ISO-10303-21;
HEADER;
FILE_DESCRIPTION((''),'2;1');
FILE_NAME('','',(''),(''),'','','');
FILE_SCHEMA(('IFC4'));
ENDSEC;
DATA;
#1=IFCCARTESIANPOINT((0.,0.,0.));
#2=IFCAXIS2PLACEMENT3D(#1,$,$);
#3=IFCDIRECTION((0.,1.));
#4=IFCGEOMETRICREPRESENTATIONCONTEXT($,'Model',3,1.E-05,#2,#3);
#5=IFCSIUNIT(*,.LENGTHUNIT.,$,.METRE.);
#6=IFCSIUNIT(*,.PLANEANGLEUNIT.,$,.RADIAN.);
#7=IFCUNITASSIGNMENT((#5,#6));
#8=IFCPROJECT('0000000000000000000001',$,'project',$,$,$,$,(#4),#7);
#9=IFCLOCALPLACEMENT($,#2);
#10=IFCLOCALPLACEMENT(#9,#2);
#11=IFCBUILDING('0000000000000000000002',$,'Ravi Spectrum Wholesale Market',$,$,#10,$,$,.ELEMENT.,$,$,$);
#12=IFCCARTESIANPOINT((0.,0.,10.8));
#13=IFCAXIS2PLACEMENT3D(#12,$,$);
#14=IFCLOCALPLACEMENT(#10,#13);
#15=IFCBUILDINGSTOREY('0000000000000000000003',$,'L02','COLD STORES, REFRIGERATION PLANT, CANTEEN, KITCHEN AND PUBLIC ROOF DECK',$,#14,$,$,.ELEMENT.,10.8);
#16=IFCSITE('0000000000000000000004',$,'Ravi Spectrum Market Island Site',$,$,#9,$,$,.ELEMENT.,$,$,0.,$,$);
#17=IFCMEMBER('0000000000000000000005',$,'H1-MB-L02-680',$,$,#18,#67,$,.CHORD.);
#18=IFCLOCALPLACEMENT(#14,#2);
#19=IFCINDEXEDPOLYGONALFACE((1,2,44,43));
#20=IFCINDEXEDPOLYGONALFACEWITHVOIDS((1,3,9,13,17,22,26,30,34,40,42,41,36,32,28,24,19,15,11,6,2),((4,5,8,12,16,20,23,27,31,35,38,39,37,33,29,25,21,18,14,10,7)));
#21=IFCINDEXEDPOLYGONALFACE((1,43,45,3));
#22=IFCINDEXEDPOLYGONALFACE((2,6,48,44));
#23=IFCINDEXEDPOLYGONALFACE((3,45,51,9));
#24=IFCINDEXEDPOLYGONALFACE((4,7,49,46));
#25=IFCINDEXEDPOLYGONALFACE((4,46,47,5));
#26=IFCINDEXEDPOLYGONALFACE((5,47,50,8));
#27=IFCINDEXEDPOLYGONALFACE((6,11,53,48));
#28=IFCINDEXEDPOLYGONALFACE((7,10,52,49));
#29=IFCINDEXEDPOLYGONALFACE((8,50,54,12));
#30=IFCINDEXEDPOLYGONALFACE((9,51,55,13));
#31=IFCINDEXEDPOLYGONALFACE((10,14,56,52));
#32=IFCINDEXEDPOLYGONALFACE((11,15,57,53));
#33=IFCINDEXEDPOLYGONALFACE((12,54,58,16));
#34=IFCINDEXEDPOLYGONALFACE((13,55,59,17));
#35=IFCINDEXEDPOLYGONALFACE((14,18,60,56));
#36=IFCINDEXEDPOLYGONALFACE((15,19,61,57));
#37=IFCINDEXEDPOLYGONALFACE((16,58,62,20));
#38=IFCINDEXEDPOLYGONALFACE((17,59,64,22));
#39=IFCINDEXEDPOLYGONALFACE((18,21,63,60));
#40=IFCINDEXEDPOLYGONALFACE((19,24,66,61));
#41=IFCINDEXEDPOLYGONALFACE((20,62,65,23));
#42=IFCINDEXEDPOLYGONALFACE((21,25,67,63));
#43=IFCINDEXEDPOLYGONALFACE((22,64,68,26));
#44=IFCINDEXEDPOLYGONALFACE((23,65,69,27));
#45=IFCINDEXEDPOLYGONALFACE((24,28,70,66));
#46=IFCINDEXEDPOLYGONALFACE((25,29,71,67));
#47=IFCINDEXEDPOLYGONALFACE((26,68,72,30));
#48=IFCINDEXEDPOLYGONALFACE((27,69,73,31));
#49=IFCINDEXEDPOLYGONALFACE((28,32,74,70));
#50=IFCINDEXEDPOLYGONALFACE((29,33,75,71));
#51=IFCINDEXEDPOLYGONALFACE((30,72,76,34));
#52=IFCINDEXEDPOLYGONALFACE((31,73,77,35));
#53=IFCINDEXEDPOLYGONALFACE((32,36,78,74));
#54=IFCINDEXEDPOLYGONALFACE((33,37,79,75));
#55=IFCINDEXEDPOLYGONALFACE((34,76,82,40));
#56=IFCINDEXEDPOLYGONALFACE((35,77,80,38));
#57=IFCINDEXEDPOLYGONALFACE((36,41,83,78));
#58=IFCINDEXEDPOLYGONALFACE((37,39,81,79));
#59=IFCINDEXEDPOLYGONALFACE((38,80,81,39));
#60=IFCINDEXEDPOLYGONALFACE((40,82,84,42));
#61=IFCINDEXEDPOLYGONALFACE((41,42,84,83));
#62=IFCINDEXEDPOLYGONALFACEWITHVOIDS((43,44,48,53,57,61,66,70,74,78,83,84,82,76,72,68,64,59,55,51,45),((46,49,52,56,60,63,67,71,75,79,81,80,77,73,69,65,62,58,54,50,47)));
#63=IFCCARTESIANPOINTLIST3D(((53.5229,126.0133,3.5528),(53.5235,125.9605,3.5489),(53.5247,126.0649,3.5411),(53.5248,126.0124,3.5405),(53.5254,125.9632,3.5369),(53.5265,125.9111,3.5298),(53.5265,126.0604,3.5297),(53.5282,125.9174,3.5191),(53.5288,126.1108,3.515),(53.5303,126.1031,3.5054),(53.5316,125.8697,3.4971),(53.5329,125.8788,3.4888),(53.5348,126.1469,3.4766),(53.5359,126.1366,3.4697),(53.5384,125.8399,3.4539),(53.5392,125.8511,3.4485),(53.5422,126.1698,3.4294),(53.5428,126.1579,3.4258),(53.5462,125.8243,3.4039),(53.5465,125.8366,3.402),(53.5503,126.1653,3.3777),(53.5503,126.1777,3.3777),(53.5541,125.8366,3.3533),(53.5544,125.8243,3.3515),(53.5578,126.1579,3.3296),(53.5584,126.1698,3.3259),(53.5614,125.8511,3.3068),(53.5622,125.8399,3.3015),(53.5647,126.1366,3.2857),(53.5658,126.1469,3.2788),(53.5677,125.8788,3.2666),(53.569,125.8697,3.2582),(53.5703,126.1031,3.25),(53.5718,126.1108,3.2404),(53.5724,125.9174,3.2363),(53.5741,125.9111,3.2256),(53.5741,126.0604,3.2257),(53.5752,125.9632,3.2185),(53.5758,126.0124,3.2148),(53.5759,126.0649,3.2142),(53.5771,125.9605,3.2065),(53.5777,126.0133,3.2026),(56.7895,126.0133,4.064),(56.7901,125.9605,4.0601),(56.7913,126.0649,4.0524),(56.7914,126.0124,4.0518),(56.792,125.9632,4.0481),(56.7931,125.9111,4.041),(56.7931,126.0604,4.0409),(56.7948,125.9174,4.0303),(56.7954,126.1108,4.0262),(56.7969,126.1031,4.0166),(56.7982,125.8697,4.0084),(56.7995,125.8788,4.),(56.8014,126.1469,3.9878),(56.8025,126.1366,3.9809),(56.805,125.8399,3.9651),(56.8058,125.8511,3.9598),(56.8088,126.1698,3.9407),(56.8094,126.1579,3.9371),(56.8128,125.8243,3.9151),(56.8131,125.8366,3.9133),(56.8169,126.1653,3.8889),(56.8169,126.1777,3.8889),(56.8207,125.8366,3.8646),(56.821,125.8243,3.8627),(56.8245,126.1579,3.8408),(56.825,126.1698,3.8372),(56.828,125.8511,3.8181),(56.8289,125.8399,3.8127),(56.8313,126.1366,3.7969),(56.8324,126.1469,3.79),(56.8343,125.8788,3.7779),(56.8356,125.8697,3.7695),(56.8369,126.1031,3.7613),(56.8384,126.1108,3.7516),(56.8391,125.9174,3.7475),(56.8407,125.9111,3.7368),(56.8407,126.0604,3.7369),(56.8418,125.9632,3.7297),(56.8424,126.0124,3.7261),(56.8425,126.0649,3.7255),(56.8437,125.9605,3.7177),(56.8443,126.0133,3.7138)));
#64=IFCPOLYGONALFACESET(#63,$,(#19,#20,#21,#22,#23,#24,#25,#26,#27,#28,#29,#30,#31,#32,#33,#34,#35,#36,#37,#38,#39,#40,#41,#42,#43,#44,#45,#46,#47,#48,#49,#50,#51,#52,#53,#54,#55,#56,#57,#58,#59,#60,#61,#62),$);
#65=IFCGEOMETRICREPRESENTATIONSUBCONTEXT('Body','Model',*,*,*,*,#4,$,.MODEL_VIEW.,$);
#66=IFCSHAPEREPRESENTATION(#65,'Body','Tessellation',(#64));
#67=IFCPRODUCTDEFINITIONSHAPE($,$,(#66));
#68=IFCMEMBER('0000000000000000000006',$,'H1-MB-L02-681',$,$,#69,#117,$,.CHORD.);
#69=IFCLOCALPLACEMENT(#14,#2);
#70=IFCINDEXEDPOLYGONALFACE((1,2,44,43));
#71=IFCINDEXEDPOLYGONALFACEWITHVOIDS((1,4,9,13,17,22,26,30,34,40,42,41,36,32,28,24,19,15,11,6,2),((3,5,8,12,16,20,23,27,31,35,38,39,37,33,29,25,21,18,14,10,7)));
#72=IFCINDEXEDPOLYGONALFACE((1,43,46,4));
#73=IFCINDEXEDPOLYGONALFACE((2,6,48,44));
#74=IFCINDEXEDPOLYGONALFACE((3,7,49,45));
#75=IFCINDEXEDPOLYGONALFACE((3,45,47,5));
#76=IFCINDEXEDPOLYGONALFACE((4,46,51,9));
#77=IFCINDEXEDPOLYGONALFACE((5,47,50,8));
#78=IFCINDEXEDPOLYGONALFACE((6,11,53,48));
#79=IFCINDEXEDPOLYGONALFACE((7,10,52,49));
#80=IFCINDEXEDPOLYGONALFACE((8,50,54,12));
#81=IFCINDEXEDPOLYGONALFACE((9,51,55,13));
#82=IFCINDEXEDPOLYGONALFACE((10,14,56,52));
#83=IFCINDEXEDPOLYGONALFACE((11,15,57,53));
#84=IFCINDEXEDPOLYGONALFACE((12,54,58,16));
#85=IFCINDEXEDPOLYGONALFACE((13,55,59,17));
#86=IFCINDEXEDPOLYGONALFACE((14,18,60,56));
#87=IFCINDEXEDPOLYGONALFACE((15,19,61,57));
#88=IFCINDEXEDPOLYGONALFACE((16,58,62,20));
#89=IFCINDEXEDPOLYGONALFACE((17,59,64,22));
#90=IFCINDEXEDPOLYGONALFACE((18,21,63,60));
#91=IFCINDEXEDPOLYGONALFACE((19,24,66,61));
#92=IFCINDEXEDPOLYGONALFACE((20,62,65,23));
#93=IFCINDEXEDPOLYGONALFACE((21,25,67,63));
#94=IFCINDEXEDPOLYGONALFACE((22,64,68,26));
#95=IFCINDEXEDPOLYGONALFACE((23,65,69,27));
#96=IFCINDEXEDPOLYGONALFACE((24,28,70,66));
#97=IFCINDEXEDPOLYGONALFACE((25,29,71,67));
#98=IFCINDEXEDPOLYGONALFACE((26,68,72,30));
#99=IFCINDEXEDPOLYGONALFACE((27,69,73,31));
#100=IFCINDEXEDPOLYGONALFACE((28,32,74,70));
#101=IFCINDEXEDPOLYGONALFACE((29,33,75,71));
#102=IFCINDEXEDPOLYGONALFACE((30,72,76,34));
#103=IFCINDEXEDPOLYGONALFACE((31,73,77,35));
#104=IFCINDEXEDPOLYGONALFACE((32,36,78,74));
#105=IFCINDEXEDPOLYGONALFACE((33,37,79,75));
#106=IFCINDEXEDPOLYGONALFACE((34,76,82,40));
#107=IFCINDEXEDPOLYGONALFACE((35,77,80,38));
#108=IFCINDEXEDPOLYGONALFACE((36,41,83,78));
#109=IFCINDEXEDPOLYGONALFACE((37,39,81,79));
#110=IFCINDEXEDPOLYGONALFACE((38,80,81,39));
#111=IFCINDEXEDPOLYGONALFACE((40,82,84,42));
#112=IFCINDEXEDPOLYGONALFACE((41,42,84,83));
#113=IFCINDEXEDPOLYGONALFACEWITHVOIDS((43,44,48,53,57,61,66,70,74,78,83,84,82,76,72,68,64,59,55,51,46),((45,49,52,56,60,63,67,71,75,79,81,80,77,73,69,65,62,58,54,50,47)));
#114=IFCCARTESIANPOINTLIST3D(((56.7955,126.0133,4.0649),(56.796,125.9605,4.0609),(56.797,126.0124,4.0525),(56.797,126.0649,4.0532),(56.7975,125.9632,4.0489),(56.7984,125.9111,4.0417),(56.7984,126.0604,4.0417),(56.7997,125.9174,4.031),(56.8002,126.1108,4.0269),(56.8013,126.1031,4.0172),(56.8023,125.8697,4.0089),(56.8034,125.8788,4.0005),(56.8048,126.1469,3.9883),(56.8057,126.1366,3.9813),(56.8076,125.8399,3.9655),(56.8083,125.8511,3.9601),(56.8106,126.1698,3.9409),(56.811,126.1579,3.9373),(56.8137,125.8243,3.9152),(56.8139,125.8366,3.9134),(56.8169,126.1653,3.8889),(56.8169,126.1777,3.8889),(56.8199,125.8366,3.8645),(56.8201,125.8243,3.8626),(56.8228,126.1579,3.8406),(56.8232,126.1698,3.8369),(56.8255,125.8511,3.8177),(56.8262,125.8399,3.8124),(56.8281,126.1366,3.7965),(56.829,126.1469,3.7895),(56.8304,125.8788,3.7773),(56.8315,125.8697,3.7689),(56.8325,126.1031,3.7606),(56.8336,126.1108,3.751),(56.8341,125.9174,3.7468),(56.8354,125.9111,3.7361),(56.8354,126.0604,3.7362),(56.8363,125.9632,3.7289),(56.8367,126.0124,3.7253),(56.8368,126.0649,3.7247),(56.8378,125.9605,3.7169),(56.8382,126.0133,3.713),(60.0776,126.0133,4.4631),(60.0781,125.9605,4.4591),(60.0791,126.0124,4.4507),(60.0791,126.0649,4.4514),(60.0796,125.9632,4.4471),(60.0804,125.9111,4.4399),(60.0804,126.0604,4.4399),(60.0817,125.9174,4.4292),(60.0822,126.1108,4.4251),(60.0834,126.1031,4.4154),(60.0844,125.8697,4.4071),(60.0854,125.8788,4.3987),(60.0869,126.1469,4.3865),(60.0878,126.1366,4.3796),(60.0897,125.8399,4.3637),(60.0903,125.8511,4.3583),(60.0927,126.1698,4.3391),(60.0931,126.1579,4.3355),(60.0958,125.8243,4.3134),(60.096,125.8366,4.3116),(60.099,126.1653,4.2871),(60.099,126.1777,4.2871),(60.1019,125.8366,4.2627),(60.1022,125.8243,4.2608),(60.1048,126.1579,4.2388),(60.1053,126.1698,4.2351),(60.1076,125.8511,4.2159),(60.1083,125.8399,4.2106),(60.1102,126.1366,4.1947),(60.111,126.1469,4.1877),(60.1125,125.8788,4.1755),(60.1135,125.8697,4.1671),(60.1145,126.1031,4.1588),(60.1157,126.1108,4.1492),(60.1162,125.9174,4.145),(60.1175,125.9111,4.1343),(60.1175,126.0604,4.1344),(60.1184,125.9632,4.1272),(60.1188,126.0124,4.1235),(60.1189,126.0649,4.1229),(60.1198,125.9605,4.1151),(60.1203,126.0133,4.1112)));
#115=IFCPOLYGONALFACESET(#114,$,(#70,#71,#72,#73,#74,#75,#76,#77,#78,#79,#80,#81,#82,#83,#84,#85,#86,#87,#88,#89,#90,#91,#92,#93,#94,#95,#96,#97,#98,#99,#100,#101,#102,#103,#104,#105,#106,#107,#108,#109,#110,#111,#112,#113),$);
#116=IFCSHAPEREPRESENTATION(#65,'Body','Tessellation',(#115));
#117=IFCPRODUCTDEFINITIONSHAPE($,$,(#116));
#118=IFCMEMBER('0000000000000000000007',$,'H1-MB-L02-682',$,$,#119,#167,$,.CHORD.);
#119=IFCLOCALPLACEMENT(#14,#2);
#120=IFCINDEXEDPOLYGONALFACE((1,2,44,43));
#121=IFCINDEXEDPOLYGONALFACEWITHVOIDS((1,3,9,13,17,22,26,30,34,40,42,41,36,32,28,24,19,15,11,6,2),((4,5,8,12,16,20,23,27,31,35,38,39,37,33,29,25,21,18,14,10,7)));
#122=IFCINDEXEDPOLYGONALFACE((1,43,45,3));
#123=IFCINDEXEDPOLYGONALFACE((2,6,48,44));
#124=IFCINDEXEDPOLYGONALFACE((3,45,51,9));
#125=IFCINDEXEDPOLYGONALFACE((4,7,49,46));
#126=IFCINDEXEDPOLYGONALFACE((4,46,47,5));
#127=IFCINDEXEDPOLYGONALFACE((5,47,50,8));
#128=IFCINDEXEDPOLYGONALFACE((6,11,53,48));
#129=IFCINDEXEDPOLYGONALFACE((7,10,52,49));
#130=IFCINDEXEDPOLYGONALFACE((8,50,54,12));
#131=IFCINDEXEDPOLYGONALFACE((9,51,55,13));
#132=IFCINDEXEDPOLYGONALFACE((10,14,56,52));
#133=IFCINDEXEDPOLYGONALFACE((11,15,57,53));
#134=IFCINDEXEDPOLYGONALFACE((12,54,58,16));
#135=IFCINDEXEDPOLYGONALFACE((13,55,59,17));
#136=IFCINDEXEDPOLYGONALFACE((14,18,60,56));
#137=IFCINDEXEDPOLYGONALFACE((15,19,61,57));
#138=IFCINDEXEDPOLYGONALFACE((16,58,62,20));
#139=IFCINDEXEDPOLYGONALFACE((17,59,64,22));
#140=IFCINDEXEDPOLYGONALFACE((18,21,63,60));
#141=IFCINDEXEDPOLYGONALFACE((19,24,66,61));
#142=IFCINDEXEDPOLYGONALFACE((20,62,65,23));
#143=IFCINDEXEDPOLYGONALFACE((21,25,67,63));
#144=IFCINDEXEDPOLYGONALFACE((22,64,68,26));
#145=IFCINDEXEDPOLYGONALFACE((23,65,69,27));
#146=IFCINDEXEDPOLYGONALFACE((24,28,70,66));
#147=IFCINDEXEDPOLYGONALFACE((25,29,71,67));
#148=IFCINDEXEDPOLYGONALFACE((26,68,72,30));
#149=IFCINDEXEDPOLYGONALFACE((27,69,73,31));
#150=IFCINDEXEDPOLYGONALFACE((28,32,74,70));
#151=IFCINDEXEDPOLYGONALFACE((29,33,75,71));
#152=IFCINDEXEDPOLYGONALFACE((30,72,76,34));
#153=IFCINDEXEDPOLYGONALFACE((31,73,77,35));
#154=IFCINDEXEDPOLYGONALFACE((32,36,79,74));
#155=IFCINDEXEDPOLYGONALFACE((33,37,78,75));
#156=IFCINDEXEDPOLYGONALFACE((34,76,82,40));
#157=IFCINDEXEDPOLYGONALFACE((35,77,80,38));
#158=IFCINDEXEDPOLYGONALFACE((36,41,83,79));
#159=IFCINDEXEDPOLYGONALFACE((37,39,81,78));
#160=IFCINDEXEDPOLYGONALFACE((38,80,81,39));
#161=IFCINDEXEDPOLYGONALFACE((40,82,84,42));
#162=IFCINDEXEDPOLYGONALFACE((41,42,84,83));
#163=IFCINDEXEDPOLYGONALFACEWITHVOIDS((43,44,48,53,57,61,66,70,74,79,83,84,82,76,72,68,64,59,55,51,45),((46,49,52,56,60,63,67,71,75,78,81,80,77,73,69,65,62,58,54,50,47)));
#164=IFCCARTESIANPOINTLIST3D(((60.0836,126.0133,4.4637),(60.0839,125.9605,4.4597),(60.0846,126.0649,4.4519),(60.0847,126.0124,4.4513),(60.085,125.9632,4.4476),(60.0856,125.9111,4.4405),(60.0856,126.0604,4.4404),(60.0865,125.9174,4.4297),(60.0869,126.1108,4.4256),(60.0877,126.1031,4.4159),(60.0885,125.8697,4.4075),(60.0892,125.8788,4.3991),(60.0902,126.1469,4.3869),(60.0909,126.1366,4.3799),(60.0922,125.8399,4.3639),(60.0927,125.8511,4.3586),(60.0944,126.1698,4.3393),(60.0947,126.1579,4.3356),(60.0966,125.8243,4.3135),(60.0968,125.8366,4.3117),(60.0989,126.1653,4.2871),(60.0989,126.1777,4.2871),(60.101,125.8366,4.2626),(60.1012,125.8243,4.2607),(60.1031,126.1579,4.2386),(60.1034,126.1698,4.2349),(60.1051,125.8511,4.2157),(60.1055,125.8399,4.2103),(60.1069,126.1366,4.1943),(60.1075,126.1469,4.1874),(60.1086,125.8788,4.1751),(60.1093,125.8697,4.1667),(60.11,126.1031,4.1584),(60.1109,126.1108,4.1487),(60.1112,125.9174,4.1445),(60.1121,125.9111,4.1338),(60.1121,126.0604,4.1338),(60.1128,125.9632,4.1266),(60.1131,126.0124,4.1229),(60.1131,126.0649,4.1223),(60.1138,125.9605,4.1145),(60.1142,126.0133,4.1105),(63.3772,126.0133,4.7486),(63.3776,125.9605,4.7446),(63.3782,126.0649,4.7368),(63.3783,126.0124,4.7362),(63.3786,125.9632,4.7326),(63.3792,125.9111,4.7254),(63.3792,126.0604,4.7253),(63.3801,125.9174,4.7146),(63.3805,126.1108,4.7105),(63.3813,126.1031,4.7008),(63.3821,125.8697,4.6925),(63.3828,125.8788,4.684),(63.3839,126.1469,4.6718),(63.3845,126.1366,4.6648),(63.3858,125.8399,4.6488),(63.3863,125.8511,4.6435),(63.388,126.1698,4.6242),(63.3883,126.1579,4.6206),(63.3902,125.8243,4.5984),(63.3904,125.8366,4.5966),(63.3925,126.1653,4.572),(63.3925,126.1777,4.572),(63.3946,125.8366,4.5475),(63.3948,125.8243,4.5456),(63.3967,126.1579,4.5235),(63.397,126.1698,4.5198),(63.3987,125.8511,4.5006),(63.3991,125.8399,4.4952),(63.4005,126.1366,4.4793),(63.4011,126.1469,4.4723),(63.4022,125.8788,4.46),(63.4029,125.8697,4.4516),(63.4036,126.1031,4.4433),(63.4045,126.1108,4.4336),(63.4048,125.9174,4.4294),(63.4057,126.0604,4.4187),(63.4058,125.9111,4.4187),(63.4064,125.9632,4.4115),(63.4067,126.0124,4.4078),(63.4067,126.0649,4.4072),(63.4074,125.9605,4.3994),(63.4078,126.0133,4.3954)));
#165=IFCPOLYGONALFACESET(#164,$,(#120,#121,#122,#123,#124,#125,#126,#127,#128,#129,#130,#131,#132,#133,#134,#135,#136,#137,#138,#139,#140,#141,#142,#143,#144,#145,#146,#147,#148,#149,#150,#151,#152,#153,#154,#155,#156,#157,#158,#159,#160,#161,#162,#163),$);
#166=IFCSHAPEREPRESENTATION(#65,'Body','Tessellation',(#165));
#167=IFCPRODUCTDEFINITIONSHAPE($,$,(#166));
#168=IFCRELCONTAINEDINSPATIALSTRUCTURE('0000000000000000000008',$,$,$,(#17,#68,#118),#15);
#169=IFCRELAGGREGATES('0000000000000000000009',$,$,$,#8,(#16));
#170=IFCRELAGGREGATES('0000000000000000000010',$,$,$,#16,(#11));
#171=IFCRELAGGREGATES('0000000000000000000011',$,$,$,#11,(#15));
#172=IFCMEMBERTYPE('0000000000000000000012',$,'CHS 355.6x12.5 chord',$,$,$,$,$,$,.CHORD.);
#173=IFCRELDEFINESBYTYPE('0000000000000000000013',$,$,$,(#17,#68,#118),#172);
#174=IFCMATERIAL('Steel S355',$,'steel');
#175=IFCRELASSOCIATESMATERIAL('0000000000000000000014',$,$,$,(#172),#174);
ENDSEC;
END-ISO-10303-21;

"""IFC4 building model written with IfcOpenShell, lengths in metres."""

from ifc_helpers import new_model, si_unit, direction, frame, origin, origin_2d, place, context, subcontext, project, spatial, hollow_circle, extrude, material, material_profile, profile_set, type_object, element, save


model = new_model("IFC4")

# Units and contexts
model_context = context("Model", 3, precision=1e-05, world=origin(), true_north=direction((0.0, 1.0)))
body_context = subcontext(model_context, "Body", "Model", "MODEL_VIEW")
ifc_project = project(units=[si_unit("LENGTHUNIT", "METRE"), si_unit("PLANEANGLEUNIT", "RADIAN")], contexts=[model_context])

# Site, building, storey
site_placement = place(None, origin())
site = spatial("IfcSite", under=ifc_project, at=site_placement, Name="Ravi Spectrum Market Island Site", CompositionType="ELEMENT", RefElevation=0.0)
building_placement = place(site_placement, origin())
building = spatial("IfcBuilding", under=site, at=building_placement, Name="Ravi Spectrum Wholesale Market", CompositionType="ELEMENT")
storey_placement = place(building_placement, frame((0.0, 0.0, 10.8)))
storey = spatial("IfcBuildingStorey", under=building, at=storey_placement, Name="L02", Description="COLD STORES, REFRIGERATION PLANT, CANTEEN, KITCHEN AND PUBLIC ROOF DECK", CompositionType="ELEMENT", Elevation=10.8)

# Members
ifc_material_1 = material(Name="Steel S355", Category="steel")
ifc_material_profile_1 = material_profile(ifc_material_1, hollow_circle(Radius=0.1777, WallThickness=0.0125, at=origin_2d()))
ifc_profile_set_1 = profile_set([ifc_material_profile_1], Name="Steel S355")
member_type_1 = type_object("IfcMemberType", Name="CHS 355.6x12.5 chord", PredefinedType="CHORD", material=ifc_profile_set_1)
member_1_placement = place(storey_placement, frame((53.5503, 126.0, 3.3777), z_axis=(0.987974, 0.0, 0.15462), x_axis=(0.0, 1.0, 0.0)))
element("IfcMember", 1, at=member_1_placement, inside=storey, type_object=member_type_1, Name="H1-MB-L02-680", PredefinedType="CHORD", context=body_context, shape_type="SweptSolid", body=[
    extrude(hollow_circle(Radius=0.1777, WallThickness=0.0125, at=origin_2d()), origin(), (0.0, 0.0, 1.0), 3.3064),
])
member_2_placement = place(storey_placement, frame((56.8169, 126.0, 3.8889), z_axis=(0.99272, 0.0, 0.120444), x_axis=(0.0, 1.0, 0.0)))
element("IfcMember", 2, at=member_2_placement, inside=storey, type_object=member_type_1, Name="H1-MB-L02-681", PredefinedType="CHORD", context=body_context, shape_type="SweptSolid", body=[
    extrude(hollow_circle(Radius=0.1777, WallThickness=0.0125, at=origin_2d()), origin(), (0.0, 0.0, 1.0), 3.3062),
])
member_3_placement = place(storey_placement, frame((60.0989, 126.0, 4.2871), z_axis=(0.99628, 0.0, 0.08618), x_axis=(0.0, 1.0, 0.0)))
element("IfcMember", 3, at=member_3_placement, inside=storey, type_object=member_type_1, Name="H1-MB-L02-682", PredefinedType="CHORD", context=body_context, shape_type="SweptSolid", body=[
    extrude(hollow_circle(Radius=0.1777, WallThickness=0.0125, at=origin_2d()), origin(), (0.0, 0.0, 1.0), 3.3059),
])

save(model, "model.ifc")
